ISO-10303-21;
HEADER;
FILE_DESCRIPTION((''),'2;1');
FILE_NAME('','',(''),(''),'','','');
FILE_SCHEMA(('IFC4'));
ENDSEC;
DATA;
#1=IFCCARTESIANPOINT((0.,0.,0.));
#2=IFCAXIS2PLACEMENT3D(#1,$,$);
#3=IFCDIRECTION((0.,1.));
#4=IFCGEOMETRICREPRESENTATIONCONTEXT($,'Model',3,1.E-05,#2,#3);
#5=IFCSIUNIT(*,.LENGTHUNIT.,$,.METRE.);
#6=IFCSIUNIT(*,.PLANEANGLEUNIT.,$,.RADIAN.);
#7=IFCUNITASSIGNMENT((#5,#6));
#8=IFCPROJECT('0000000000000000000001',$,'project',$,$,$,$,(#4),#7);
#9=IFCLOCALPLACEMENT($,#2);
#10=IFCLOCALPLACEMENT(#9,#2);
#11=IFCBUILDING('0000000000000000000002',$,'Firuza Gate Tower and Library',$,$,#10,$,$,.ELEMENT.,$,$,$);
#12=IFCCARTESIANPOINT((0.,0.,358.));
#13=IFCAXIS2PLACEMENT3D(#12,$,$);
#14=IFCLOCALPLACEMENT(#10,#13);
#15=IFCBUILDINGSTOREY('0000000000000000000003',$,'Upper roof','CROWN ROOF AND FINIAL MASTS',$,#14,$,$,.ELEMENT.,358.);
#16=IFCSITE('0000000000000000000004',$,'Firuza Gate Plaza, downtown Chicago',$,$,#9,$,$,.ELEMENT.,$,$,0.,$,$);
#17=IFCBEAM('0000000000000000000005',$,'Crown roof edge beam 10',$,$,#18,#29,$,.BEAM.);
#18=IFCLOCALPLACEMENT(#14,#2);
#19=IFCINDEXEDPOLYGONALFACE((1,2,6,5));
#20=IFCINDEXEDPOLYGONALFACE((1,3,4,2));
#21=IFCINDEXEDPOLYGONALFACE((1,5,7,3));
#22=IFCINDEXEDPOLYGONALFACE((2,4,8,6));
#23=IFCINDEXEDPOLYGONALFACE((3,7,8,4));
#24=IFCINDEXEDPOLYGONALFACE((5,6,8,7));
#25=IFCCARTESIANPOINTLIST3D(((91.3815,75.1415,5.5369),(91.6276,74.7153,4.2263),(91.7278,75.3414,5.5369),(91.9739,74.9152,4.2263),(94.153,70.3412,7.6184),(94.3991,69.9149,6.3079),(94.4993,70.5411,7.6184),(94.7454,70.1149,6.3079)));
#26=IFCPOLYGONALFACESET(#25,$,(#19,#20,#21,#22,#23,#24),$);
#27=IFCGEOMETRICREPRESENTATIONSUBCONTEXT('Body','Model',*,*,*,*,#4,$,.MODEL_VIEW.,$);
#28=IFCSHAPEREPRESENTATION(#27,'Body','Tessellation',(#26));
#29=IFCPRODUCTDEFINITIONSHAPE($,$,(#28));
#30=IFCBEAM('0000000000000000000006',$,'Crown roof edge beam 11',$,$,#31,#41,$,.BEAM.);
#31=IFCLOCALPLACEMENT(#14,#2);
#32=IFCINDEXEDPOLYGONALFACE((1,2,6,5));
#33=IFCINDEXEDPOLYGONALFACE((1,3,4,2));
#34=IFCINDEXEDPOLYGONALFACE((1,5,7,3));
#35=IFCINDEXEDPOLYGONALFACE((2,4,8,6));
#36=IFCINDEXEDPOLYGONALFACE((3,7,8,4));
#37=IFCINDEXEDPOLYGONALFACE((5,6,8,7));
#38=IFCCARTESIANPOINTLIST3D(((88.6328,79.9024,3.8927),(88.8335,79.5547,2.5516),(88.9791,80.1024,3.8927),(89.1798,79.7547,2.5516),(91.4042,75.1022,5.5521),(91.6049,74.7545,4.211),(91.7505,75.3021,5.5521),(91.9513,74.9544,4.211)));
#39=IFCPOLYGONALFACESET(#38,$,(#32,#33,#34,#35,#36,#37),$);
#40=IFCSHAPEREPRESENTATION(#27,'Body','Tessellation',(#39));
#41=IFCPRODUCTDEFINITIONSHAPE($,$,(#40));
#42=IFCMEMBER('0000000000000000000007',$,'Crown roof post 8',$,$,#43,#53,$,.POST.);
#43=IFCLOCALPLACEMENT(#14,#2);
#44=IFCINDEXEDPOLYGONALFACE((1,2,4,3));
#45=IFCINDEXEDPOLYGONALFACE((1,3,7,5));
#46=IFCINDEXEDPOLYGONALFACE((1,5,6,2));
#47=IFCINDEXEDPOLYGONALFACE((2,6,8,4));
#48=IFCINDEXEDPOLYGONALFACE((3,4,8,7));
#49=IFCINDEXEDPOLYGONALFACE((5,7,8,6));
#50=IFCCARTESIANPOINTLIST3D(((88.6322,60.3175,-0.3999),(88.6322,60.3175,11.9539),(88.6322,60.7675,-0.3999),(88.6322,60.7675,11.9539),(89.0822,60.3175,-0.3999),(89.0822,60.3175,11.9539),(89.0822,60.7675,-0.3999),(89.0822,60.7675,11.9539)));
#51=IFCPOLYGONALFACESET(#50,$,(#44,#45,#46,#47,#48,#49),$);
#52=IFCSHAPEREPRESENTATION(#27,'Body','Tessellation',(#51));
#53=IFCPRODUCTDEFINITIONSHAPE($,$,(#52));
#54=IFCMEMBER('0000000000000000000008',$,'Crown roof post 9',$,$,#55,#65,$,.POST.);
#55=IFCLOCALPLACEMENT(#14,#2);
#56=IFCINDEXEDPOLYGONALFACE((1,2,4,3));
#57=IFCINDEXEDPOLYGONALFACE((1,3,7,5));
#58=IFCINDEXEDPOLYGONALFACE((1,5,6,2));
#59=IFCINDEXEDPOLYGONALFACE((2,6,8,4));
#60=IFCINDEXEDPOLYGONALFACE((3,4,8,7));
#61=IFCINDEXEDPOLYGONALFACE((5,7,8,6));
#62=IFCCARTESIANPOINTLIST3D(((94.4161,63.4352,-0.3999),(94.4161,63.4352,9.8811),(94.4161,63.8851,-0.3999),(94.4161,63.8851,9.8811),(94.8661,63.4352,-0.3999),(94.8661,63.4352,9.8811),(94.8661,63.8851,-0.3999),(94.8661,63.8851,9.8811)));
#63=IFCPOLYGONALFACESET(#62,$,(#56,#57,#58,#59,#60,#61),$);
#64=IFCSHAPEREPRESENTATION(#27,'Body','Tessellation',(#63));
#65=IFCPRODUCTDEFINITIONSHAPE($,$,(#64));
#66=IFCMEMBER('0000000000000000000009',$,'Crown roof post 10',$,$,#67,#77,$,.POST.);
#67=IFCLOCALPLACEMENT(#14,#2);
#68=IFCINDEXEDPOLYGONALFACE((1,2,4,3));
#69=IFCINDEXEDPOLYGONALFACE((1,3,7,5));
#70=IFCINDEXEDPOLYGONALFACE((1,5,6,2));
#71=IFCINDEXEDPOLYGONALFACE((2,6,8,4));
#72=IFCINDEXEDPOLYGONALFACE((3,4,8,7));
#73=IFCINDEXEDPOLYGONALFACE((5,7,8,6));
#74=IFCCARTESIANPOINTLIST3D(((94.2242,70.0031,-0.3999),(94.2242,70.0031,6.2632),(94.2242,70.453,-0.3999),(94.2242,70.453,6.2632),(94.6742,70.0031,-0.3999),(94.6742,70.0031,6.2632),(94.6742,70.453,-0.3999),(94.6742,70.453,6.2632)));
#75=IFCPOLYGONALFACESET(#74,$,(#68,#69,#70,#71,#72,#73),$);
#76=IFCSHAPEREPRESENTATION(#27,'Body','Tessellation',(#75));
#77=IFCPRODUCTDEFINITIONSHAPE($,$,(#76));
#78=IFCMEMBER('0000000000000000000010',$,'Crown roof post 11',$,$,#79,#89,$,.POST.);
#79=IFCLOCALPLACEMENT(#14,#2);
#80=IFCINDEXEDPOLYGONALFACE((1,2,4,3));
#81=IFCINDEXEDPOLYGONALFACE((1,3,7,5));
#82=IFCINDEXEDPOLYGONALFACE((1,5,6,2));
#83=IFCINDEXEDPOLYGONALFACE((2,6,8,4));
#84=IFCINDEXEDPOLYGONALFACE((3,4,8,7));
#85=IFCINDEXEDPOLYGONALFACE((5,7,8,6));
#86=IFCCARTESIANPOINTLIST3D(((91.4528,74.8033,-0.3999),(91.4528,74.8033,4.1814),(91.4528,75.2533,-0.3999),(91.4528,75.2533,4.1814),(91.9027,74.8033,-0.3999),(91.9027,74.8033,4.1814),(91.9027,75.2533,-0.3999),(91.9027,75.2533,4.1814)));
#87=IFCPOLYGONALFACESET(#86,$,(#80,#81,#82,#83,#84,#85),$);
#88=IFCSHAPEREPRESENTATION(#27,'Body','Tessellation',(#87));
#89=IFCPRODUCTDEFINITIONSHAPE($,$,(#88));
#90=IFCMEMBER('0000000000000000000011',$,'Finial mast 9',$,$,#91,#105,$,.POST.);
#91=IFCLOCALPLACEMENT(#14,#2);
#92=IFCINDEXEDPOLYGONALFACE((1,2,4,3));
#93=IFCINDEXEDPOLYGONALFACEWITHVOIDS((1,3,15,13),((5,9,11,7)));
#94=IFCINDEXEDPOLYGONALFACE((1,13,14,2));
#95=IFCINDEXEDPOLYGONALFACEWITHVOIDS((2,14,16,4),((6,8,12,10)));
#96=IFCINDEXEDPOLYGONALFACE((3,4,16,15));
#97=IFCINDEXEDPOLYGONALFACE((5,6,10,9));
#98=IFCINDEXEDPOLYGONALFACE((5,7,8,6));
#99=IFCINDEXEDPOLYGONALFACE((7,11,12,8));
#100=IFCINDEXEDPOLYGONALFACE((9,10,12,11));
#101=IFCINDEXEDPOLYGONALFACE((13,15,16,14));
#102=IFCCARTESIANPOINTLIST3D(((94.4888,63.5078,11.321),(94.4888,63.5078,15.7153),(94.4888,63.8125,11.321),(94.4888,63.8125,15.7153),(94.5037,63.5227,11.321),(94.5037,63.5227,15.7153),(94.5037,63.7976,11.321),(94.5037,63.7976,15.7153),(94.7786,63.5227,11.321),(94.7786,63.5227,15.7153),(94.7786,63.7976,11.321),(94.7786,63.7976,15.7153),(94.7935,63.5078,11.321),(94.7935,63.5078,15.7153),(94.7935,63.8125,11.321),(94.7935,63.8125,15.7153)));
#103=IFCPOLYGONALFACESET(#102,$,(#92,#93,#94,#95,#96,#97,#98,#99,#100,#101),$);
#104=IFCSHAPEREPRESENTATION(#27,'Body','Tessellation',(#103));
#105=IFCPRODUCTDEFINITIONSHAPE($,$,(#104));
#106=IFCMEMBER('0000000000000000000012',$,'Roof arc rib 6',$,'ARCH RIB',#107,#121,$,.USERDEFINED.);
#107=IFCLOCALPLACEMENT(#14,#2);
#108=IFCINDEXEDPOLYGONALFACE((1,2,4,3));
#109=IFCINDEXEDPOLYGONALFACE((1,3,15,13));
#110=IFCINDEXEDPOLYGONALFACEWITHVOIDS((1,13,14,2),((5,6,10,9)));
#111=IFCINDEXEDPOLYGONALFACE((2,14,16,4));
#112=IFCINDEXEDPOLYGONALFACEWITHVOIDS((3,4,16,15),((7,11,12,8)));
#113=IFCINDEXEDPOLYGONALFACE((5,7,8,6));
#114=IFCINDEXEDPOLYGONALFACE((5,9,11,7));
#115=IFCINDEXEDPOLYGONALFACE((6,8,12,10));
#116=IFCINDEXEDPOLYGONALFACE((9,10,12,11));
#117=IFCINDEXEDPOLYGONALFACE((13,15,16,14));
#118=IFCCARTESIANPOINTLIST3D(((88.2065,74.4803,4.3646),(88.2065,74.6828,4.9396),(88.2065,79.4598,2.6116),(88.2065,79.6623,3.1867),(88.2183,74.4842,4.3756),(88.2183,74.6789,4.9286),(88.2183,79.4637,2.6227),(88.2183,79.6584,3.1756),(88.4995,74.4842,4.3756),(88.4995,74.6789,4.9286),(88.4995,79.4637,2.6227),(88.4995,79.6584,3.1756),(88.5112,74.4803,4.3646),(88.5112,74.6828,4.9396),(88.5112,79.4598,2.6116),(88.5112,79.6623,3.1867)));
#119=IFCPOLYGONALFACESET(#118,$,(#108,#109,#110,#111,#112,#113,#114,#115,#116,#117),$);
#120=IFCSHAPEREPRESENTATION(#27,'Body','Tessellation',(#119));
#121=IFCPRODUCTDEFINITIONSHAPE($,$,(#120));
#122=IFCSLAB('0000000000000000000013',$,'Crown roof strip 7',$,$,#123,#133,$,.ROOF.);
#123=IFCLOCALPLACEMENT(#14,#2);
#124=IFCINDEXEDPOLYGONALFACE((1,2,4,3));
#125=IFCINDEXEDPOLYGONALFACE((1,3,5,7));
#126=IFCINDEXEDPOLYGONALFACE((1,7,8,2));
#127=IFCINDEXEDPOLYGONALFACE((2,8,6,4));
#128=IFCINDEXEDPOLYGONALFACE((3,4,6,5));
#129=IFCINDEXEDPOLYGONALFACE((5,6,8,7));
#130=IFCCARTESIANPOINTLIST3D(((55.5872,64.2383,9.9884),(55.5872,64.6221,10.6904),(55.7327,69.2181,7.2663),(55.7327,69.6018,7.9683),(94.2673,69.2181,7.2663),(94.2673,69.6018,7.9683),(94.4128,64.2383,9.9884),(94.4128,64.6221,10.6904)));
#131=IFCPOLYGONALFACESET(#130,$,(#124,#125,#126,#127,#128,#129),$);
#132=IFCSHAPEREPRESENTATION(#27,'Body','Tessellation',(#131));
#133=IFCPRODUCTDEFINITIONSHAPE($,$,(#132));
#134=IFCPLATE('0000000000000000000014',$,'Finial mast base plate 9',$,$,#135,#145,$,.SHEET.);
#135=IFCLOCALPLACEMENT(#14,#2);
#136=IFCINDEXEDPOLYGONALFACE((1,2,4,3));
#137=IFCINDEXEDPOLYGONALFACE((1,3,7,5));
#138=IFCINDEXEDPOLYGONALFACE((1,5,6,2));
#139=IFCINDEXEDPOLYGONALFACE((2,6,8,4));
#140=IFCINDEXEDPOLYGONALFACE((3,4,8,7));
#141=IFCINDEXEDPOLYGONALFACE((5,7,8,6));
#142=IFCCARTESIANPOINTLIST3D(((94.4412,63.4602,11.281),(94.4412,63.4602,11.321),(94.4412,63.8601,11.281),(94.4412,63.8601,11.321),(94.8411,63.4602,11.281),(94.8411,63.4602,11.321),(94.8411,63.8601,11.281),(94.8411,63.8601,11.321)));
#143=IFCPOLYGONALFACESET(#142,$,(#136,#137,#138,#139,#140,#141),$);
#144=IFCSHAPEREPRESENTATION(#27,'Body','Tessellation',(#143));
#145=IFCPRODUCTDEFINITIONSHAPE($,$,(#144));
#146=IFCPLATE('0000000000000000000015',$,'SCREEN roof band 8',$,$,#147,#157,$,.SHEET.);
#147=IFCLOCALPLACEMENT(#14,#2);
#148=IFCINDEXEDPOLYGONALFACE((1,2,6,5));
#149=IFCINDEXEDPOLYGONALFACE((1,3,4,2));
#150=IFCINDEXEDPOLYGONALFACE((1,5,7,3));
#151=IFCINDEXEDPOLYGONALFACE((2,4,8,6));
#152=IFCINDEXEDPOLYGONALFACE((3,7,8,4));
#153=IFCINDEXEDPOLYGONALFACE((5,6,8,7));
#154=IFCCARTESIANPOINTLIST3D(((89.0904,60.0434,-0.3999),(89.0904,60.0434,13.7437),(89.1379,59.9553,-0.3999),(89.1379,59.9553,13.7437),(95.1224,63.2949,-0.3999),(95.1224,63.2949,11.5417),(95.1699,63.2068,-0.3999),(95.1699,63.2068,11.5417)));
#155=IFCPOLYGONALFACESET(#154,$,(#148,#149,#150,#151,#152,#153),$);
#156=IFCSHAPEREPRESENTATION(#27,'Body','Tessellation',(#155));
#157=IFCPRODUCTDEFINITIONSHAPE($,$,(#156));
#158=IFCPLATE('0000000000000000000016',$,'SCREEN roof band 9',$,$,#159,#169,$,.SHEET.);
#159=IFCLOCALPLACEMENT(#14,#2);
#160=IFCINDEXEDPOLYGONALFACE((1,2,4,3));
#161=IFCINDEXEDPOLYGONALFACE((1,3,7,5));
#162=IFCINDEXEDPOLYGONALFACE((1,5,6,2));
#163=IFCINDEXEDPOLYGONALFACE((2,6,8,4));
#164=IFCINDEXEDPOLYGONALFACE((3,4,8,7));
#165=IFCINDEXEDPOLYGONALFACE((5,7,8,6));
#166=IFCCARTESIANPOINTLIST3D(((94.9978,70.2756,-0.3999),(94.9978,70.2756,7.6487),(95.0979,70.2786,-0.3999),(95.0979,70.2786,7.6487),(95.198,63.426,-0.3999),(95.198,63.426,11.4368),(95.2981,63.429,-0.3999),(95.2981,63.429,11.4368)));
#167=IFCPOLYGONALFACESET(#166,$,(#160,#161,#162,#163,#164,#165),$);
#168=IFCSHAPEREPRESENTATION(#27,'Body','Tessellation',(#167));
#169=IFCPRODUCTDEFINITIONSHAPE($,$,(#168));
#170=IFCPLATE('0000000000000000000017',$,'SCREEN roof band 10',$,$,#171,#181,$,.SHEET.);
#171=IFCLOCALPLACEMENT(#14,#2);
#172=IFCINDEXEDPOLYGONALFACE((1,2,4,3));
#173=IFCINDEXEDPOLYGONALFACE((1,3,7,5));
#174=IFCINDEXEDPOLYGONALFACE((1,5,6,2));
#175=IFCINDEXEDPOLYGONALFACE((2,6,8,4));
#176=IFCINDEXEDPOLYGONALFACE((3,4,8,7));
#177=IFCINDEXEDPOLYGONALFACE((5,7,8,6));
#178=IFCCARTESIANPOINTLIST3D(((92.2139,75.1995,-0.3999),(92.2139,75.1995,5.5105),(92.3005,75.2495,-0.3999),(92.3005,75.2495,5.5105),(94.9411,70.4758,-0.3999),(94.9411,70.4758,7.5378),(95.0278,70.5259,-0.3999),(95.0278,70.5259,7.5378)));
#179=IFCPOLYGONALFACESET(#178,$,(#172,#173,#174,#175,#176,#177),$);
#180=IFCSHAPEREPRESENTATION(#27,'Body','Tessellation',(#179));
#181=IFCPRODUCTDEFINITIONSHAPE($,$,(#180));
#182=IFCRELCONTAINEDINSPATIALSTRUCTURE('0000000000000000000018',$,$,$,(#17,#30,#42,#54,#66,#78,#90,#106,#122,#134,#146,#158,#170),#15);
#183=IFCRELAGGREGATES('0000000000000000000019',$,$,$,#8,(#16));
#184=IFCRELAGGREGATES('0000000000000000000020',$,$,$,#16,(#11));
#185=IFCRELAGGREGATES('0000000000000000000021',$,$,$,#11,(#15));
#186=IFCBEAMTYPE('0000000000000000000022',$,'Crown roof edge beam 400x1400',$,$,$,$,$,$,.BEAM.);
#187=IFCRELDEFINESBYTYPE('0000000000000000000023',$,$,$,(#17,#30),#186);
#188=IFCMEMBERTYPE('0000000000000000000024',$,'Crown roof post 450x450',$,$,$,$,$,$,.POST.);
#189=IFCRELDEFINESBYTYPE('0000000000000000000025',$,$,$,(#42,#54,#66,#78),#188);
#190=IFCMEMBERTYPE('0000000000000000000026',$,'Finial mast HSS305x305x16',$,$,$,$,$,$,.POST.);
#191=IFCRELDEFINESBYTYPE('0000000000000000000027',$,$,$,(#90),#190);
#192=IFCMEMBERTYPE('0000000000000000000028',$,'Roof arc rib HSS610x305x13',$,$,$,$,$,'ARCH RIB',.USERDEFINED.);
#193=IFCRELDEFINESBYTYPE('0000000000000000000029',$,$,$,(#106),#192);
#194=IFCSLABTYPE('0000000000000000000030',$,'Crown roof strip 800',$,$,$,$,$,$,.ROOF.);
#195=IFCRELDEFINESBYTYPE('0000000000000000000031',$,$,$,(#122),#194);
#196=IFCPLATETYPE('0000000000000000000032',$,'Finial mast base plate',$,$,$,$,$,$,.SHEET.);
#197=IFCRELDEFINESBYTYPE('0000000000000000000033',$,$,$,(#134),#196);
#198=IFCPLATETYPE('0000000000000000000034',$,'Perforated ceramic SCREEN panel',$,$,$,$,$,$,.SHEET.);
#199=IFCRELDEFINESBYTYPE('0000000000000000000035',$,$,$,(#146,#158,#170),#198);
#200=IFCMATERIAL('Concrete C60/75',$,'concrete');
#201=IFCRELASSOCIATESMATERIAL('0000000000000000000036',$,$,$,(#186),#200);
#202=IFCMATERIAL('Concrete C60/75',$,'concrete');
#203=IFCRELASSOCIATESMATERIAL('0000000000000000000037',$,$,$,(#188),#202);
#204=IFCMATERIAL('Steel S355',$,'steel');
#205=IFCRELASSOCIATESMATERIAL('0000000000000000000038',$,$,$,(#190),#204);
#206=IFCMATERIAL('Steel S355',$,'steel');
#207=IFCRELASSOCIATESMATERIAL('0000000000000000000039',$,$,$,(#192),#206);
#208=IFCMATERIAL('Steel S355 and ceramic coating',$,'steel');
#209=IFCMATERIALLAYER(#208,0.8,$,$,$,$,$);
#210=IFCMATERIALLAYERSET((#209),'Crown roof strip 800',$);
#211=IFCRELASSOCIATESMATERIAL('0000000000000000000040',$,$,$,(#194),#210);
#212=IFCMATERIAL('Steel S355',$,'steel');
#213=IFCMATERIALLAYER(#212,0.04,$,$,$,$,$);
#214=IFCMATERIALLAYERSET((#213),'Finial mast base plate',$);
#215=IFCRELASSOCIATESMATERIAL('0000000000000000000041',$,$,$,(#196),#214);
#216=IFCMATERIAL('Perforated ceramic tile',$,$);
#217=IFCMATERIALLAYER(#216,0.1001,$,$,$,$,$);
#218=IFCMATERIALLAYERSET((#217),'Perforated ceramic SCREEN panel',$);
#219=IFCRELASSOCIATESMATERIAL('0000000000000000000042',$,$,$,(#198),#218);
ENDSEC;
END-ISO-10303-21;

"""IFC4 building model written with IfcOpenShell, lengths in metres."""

from ifc_helpers import new_model, si_unit, direction, frame, origin, origin_2d, place, context, subcontext, project, spatial, polyline, rectangle, hollow_rectangle, outline, extrude, material, layer, layer_set, material_profile, profile_set, type_object, element, save


model = new_model("IFC4")

# Units and contexts
model_context = context("Model", 3, precision=1e-05, world=origin(), true_north=direction((0.0, 1.0)))
body_context = subcontext(model_context, "Body", "Model", "MODEL_VIEW")
ifc_project = project(units=[si_unit("LENGTHUNIT", "METRE"), si_unit("PLANEANGLEUNIT", "RADIAN")], contexts=[model_context])

# Site, building, storey
site_placement = place(None, origin())
site = spatial("IfcSite", under=ifc_project, at=site_placement, Name="Firuza Gate Plaza, downtown Chicago", CompositionType="ELEMENT", RefElevation=0.0)
building_placement = place(site_placement, origin())
building = spatial("IfcBuilding", under=site, at=building_placement, Name="Firuza Gate Tower and Library", CompositionType="ELEMENT")
storey_placement = place(building_placement, frame((0.0, 0.0, 358.0)))
storey = spatial("IfcBuildingStorey", under=building, at=storey_placement, Name="Upper roof", Description="CROWN ROOF AND FINIAL MASTS", CompositionType="ELEMENT", Elevation=358.0)

# Beams
ifc_material_1 = material(Name="Concrete C60/75", Category="concrete")
ifc_material_profile_1 = material_profile(ifc_material_1, rectangle(XDim=0.3999, YDim=1.3999, at=origin_2d()))
ifc_profile_set_1 = profile_set([ifc_material_profile_1], Name="Concrete C60/75")
beam_type_1 = type_object("IfcBeamType", Name="Crown roof edge beam 400x1400", PredefinedType="BEAM", material=ifc_profile_set_1)
beam_1_placement = place(storey_placement, frame((94.4492, 70.228, 6.9631), z_axis=(-0.468087, 0.81074, -0.35156), x_axis=(-0.866023, -0.500005, 0.0)))
element("IfcBeam", 1, at=beam_1_placement, inside=storey, type_object=beam_type_1, Name="Crown roof edge beam 10", PredefinedType="BEAM", context=body_context, shape_type="SweptSolid", body=[
    extrude(rectangle(XDim=0.3999, YDim=1.3999, at=origin_2d()), origin(), (0.0, 0.0, 1.0), 5.9209),
])
beam_2_placement = place(storey_placement, frame((91.6777, 75.0283, 4.8816), z_axis=(-0.479, 0.829641, -0.286801), x_axis=(-0.866023, -0.500005, 0.0)))
element("IfcBeam", 2, at=beam_2_placement, inside=storey, type_object=beam_type_1, Name="Crown roof edge beam 11", PredefinedType="BEAM", context=body_context, shape_type="SweptSolid", body=[
    extrude(rectangle(XDim=0.3999, YDim=1.3999, at=origin_2d()), origin(), (0.0, 0.0, 1.0), 5.7859),
])

# Members
ifc_material_2 = material(Name="Concrete C60/75", Category="concrete")
ifc_material_profile_2 = material_profile(ifc_material_2, rectangle(XDim=0.45, YDim=0.45, at=origin_2d()))
ifc_profile_set_2 = profile_set([ifc_material_profile_2], Name="Concrete C60/75")
member_type_1 = type_object("IfcMemberType", Name="Crown roof post 450x450", PredefinedType="POST", material=ifc_profile_set_2)
member_1_placement = place(storey_placement, frame((88.8572, 60.5425, -0.3999), z_axis=(0.0, 0.0, 1.0), x_axis=(1.0, 0.0, 0.0)))
element("IfcMember", 3, at=member_1_placement, inside=storey, type_object=member_type_1, Name="Crown roof post 8", PredefinedType="POST", context=body_context, shape_type="SweptSolid", body=[
    extrude(rectangle(XDim=0.45, YDim=0.45, at=origin_2d()), origin(), (0.0, 0.0, 1.0), 12.3538),
])
member_2_placement = place(storey_placement, frame((94.6411, 63.6602, -0.3999), z_axis=(0.0, 0.0, 1.0), x_axis=(1.0, 0.0, 0.0)))
element("IfcMember", 4, at=member_2_placement, inside=storey, type_object=member_type_1, Name="Crown roof post 9", PredefinedType="POST", context=body_context, shape_type="SweptSolid", body=[
    extrude(rectangle(XDim=0.45, YDim=0.45, at=origin_2d()), origin(), (0.0, 0.0, 1.0), 10.281),
])
member_3_placement = place(storey_placement, frame((94.4492, 70.228, -0.3999), z_axis=(0.0, 0.0, 1.0), x_axis=(1.0, 0.0, 0.0)))
element("IfcMember", 5, at=member_3_placement, inside=storey, type_object=member_type_1, Name="Crown roof post 10", PredefinedType="POST", context=body_context, shape_type="SweptSolid", body=[
    extrude(rectangle(XDim=0.45, YDim=0.45, at=origin_2d()), origin(), (0.0, 0.0, 1.0), 6.6631),
])
member_4_placement = place(storey_placement, frame((91.6777, 75.0283, -0.3999), z_axis=(0.0, 0.0, 1.0), x_axis=(1.0, 0.0, 0.0)))
element("IfcMember", 6, at=member_4_placement, inside=storey, type_object=member_type_1, Name="Crown roof post 11", PredefinedType="POST", context=body_context, shape_type="SweptSolid", body=[
    extrude(rectangle(XDim=0.45, YDim=0.45, at=origin_2d()), origin(), (0.0, 0.0, 1.0), 4.5813),
])
ifc_material_3 = material(Name="Steel S355", Category="steel")
ifc_material_profile_3 = material_profile(ifc_material_3, hollow_rectangle(XDim=0.3047, YDim=0.3047, WallThickness=0.0149, at=origin_2d()))
ifc_profile_set_3 = profile_set([ifc_material_profile_3], Name="Steel S355")
member_type_2 = type_object("IfcMemberType", Name="Finial mast HSS305x305x16", PredefinedType="POST", material=ifc_profile_set_3)
member_5_placement = place(storey_placement, frame((94.6411, 63.6602, 11.321), z_axis=(0.0, 0.0, 1.0), x_axis=(1.0, 0.0, 0.0)))
element("IfcMember", 7, at=member_5_placement, inside=storey, type_object=member_type_2, Name="Finial mast 9", PredefinedType="POST", context=body_context, shape_type="SweptSolid", body=[
    extrude(hollow_rectangle(XDim=0.3047, YDim=0.3047, WallThickness=0.0149, at=origin_2d()), origin(), (0.0, 0.0, 1.0), 4.3943),
])
ifc_material_4 = material(Name="Steel S355", Category="steel")
ifc_material_profile_4 = material_profile(ifc_material_4, hollow_rectangle(XDim=0.3047, YDim=0.6096, WallThickness=0.0117, at=origin_2d()))
ifc_profile_set_4 = profile_set([ifc_material_profile_4], Name="Steel S355")
member_type_3 = type_object("IfcMemberType", Name="Roof arc rib HSS610x305x13", ElementType="ARCH RIB", PredefinedType="USERDEFINED", material=ifc_profile_set_4)
member_6_placement = place(storey_placement, frame((88.3589, 74.5815, 4.6521), z_axis=(0.0, 0.94326, -0.332056), x_axis=(-1.0, 0.0, 0.0)))
element("IfcMember", 8, at=member_6_placement, inside=storey, type_object=member_type_3, Name="Roof arc rib 6", ObjectType="ARCH RIB", PredefinedType="USERDEFINED", context=body_context, shape_type="SweptSolid", body=[
    extrude(hollow_rectangle(XDim=0.3047, YDim=0.6096, WallThickness=0.0117, at=origin_2d()), origin(), (0.0, 0.0, 1.0), 5.2791),
])

# Slab
ifc_material_5 = material(Name="Steel S355 and ceramic coating", Category="steel")
ifc_layer_1 = layer(ifc_material_5, 0.8)
ifc_layer_set_1 = layer_set([ifc_layer_1], Name="Crown roof strip 800")
slab_type = type_object("IfcSlabType", Name="Crown roof strip 800", PredefinedType="ROOF", material=ifc_layer_set_1)
slab_1_placement = place(storey_placement, frame((94.2673, 69.6018, 7.9683), z_axis=(0.0, 0.47966, 0.877455), x_axis=(-1.0, 0.0, 0.0)))
element("IfcSlab", 9, at=slab_1_placement, inside=storey, type_object=slab_type, Name="Crown roof strip 7", PredefinedType="ROOF", context=body_context, shape_type="SweptSolid", body=[
    extrude(outline(polyline([(0.0, 0.0), (38.5347, 0.0), (38.6802, 5.6752), (-0.1455, 5.6752), (0.0, 0.0)])), origin(), (0.0, 0.0, -1.0), 0.8),
])

# Plates
ifc_material_6 = material(Name="Steel S355", Category="steel")
ifc_layer_2 = layer(ifc_material_6, 0.04)
ifc_layer_set_2 = layer_set([ifc_layer_2], Name="Finial mast base plate")
plate_type_1 = type_object("IfcPlateType", Name="Finial mast base plate", PredefinedType="SHEET", material=ifc_layer_set_2)
plate_1_placement = place(storey_placement, frame((94.6411, 63.6602, 11.281), z_axis=(0.0, 0.0, 1.0), x_axis=(1.0, 0.0, 0.0)))
element("IfcPlate", 10, at=plate_1_placement, inside=storey, type_object=plate_type_1, Name="Finial mast base plate 9", PredefinedType="SHEET", context=body_context, shape_type="SweptSolid", body=[
    extrude(rectangle(XDim=0.3999, YDim=0.3999, at=origin_2d()), origin(), (0.0, 0.0, 1.0), 0.04),
])
ifc_material_7 = material(Name="Perforated ceramic tile")
ifc_layer_3 = layer(ifc_material_7, 0.1001)
ifc_layer_set_3 = layer_set([ifc_layer_3], Name="Perforated ceramic SCREEN panel")
plate_type_2 = type_object("IfcPlateType", Name="Perforated ceramic SCREEN panel", PredefinedType="SHEET", material=ifc_layer_set_3)
plate_2_placement = place(storey_placement, frame((89.1379, 59.9553, -0.3999), z_axis=(0.474493, -0.880259, 0.0), x_axis=(0.880259, 0.474493, 0.0)))
element("IfcPlate", 11, at=plate_2_placement, inside=storey, type_object=plate_type_2, Name="SCREEN roof band 8", PredefinedType="SHEET", context=body_context, shape_type="SweptSolid", body=[
    extrude(outline(polyline([(0.0, 0.0), (6.8525, 0.0), (6.8525, 11.9417), (0.0, 14.1436), (0.0, 0.0)])), origin(), (0.0, 0.0, -1.0), 0.1001),
])
plate_3_placement = place(storey_placement, frame((95.2981, 63.429, -0.3999), z_axis=(0.999573, 0.029215, 0.0), x_axis=(-0.029215, 0.999573, 0.0)))
element("IfcPlate", 12, at=plate_3_placement, inside=storey, type_object=plate_type_2, Name="SCREEN roof band 9", PredefinedType="SHEET", context=body_context, shape_type="SweptSolid", body=[
    extrude(outline(polyline([(0.0, 0.0), (6.8525, 0.0), (6.8525, 8.0486), (0.0, 11.8367), (0.0, 0.0)])), origin(), (0.0, 0.0, -1.0), 0.1001),
])
plate_4_placement = place(storey_placement, frame((95.0278, 70.5259, -0.3999), z_axis=(0.866017, 0.500014, 0.0), x_axis=(-0.500014, 0.866017, 0.0)))
element("IfcPlate", 13, at=plate_4_placement, inside=storey, type_object=plate_type_2, Name="SCREEN roof band 10", PredefinedType="SHEET", context=body_context, shape_type="SweptSolid", body=[
    extrude(outline(polyline([(0.0, 0.0), (5.4544, 0.0), (5.4544, 5.9104), (0.0, 7.9377), (0.0, 0.0)])), origin(), (0.0, 0.0, -1.0), 0.1001),
])

save(model, "model.ifc")
